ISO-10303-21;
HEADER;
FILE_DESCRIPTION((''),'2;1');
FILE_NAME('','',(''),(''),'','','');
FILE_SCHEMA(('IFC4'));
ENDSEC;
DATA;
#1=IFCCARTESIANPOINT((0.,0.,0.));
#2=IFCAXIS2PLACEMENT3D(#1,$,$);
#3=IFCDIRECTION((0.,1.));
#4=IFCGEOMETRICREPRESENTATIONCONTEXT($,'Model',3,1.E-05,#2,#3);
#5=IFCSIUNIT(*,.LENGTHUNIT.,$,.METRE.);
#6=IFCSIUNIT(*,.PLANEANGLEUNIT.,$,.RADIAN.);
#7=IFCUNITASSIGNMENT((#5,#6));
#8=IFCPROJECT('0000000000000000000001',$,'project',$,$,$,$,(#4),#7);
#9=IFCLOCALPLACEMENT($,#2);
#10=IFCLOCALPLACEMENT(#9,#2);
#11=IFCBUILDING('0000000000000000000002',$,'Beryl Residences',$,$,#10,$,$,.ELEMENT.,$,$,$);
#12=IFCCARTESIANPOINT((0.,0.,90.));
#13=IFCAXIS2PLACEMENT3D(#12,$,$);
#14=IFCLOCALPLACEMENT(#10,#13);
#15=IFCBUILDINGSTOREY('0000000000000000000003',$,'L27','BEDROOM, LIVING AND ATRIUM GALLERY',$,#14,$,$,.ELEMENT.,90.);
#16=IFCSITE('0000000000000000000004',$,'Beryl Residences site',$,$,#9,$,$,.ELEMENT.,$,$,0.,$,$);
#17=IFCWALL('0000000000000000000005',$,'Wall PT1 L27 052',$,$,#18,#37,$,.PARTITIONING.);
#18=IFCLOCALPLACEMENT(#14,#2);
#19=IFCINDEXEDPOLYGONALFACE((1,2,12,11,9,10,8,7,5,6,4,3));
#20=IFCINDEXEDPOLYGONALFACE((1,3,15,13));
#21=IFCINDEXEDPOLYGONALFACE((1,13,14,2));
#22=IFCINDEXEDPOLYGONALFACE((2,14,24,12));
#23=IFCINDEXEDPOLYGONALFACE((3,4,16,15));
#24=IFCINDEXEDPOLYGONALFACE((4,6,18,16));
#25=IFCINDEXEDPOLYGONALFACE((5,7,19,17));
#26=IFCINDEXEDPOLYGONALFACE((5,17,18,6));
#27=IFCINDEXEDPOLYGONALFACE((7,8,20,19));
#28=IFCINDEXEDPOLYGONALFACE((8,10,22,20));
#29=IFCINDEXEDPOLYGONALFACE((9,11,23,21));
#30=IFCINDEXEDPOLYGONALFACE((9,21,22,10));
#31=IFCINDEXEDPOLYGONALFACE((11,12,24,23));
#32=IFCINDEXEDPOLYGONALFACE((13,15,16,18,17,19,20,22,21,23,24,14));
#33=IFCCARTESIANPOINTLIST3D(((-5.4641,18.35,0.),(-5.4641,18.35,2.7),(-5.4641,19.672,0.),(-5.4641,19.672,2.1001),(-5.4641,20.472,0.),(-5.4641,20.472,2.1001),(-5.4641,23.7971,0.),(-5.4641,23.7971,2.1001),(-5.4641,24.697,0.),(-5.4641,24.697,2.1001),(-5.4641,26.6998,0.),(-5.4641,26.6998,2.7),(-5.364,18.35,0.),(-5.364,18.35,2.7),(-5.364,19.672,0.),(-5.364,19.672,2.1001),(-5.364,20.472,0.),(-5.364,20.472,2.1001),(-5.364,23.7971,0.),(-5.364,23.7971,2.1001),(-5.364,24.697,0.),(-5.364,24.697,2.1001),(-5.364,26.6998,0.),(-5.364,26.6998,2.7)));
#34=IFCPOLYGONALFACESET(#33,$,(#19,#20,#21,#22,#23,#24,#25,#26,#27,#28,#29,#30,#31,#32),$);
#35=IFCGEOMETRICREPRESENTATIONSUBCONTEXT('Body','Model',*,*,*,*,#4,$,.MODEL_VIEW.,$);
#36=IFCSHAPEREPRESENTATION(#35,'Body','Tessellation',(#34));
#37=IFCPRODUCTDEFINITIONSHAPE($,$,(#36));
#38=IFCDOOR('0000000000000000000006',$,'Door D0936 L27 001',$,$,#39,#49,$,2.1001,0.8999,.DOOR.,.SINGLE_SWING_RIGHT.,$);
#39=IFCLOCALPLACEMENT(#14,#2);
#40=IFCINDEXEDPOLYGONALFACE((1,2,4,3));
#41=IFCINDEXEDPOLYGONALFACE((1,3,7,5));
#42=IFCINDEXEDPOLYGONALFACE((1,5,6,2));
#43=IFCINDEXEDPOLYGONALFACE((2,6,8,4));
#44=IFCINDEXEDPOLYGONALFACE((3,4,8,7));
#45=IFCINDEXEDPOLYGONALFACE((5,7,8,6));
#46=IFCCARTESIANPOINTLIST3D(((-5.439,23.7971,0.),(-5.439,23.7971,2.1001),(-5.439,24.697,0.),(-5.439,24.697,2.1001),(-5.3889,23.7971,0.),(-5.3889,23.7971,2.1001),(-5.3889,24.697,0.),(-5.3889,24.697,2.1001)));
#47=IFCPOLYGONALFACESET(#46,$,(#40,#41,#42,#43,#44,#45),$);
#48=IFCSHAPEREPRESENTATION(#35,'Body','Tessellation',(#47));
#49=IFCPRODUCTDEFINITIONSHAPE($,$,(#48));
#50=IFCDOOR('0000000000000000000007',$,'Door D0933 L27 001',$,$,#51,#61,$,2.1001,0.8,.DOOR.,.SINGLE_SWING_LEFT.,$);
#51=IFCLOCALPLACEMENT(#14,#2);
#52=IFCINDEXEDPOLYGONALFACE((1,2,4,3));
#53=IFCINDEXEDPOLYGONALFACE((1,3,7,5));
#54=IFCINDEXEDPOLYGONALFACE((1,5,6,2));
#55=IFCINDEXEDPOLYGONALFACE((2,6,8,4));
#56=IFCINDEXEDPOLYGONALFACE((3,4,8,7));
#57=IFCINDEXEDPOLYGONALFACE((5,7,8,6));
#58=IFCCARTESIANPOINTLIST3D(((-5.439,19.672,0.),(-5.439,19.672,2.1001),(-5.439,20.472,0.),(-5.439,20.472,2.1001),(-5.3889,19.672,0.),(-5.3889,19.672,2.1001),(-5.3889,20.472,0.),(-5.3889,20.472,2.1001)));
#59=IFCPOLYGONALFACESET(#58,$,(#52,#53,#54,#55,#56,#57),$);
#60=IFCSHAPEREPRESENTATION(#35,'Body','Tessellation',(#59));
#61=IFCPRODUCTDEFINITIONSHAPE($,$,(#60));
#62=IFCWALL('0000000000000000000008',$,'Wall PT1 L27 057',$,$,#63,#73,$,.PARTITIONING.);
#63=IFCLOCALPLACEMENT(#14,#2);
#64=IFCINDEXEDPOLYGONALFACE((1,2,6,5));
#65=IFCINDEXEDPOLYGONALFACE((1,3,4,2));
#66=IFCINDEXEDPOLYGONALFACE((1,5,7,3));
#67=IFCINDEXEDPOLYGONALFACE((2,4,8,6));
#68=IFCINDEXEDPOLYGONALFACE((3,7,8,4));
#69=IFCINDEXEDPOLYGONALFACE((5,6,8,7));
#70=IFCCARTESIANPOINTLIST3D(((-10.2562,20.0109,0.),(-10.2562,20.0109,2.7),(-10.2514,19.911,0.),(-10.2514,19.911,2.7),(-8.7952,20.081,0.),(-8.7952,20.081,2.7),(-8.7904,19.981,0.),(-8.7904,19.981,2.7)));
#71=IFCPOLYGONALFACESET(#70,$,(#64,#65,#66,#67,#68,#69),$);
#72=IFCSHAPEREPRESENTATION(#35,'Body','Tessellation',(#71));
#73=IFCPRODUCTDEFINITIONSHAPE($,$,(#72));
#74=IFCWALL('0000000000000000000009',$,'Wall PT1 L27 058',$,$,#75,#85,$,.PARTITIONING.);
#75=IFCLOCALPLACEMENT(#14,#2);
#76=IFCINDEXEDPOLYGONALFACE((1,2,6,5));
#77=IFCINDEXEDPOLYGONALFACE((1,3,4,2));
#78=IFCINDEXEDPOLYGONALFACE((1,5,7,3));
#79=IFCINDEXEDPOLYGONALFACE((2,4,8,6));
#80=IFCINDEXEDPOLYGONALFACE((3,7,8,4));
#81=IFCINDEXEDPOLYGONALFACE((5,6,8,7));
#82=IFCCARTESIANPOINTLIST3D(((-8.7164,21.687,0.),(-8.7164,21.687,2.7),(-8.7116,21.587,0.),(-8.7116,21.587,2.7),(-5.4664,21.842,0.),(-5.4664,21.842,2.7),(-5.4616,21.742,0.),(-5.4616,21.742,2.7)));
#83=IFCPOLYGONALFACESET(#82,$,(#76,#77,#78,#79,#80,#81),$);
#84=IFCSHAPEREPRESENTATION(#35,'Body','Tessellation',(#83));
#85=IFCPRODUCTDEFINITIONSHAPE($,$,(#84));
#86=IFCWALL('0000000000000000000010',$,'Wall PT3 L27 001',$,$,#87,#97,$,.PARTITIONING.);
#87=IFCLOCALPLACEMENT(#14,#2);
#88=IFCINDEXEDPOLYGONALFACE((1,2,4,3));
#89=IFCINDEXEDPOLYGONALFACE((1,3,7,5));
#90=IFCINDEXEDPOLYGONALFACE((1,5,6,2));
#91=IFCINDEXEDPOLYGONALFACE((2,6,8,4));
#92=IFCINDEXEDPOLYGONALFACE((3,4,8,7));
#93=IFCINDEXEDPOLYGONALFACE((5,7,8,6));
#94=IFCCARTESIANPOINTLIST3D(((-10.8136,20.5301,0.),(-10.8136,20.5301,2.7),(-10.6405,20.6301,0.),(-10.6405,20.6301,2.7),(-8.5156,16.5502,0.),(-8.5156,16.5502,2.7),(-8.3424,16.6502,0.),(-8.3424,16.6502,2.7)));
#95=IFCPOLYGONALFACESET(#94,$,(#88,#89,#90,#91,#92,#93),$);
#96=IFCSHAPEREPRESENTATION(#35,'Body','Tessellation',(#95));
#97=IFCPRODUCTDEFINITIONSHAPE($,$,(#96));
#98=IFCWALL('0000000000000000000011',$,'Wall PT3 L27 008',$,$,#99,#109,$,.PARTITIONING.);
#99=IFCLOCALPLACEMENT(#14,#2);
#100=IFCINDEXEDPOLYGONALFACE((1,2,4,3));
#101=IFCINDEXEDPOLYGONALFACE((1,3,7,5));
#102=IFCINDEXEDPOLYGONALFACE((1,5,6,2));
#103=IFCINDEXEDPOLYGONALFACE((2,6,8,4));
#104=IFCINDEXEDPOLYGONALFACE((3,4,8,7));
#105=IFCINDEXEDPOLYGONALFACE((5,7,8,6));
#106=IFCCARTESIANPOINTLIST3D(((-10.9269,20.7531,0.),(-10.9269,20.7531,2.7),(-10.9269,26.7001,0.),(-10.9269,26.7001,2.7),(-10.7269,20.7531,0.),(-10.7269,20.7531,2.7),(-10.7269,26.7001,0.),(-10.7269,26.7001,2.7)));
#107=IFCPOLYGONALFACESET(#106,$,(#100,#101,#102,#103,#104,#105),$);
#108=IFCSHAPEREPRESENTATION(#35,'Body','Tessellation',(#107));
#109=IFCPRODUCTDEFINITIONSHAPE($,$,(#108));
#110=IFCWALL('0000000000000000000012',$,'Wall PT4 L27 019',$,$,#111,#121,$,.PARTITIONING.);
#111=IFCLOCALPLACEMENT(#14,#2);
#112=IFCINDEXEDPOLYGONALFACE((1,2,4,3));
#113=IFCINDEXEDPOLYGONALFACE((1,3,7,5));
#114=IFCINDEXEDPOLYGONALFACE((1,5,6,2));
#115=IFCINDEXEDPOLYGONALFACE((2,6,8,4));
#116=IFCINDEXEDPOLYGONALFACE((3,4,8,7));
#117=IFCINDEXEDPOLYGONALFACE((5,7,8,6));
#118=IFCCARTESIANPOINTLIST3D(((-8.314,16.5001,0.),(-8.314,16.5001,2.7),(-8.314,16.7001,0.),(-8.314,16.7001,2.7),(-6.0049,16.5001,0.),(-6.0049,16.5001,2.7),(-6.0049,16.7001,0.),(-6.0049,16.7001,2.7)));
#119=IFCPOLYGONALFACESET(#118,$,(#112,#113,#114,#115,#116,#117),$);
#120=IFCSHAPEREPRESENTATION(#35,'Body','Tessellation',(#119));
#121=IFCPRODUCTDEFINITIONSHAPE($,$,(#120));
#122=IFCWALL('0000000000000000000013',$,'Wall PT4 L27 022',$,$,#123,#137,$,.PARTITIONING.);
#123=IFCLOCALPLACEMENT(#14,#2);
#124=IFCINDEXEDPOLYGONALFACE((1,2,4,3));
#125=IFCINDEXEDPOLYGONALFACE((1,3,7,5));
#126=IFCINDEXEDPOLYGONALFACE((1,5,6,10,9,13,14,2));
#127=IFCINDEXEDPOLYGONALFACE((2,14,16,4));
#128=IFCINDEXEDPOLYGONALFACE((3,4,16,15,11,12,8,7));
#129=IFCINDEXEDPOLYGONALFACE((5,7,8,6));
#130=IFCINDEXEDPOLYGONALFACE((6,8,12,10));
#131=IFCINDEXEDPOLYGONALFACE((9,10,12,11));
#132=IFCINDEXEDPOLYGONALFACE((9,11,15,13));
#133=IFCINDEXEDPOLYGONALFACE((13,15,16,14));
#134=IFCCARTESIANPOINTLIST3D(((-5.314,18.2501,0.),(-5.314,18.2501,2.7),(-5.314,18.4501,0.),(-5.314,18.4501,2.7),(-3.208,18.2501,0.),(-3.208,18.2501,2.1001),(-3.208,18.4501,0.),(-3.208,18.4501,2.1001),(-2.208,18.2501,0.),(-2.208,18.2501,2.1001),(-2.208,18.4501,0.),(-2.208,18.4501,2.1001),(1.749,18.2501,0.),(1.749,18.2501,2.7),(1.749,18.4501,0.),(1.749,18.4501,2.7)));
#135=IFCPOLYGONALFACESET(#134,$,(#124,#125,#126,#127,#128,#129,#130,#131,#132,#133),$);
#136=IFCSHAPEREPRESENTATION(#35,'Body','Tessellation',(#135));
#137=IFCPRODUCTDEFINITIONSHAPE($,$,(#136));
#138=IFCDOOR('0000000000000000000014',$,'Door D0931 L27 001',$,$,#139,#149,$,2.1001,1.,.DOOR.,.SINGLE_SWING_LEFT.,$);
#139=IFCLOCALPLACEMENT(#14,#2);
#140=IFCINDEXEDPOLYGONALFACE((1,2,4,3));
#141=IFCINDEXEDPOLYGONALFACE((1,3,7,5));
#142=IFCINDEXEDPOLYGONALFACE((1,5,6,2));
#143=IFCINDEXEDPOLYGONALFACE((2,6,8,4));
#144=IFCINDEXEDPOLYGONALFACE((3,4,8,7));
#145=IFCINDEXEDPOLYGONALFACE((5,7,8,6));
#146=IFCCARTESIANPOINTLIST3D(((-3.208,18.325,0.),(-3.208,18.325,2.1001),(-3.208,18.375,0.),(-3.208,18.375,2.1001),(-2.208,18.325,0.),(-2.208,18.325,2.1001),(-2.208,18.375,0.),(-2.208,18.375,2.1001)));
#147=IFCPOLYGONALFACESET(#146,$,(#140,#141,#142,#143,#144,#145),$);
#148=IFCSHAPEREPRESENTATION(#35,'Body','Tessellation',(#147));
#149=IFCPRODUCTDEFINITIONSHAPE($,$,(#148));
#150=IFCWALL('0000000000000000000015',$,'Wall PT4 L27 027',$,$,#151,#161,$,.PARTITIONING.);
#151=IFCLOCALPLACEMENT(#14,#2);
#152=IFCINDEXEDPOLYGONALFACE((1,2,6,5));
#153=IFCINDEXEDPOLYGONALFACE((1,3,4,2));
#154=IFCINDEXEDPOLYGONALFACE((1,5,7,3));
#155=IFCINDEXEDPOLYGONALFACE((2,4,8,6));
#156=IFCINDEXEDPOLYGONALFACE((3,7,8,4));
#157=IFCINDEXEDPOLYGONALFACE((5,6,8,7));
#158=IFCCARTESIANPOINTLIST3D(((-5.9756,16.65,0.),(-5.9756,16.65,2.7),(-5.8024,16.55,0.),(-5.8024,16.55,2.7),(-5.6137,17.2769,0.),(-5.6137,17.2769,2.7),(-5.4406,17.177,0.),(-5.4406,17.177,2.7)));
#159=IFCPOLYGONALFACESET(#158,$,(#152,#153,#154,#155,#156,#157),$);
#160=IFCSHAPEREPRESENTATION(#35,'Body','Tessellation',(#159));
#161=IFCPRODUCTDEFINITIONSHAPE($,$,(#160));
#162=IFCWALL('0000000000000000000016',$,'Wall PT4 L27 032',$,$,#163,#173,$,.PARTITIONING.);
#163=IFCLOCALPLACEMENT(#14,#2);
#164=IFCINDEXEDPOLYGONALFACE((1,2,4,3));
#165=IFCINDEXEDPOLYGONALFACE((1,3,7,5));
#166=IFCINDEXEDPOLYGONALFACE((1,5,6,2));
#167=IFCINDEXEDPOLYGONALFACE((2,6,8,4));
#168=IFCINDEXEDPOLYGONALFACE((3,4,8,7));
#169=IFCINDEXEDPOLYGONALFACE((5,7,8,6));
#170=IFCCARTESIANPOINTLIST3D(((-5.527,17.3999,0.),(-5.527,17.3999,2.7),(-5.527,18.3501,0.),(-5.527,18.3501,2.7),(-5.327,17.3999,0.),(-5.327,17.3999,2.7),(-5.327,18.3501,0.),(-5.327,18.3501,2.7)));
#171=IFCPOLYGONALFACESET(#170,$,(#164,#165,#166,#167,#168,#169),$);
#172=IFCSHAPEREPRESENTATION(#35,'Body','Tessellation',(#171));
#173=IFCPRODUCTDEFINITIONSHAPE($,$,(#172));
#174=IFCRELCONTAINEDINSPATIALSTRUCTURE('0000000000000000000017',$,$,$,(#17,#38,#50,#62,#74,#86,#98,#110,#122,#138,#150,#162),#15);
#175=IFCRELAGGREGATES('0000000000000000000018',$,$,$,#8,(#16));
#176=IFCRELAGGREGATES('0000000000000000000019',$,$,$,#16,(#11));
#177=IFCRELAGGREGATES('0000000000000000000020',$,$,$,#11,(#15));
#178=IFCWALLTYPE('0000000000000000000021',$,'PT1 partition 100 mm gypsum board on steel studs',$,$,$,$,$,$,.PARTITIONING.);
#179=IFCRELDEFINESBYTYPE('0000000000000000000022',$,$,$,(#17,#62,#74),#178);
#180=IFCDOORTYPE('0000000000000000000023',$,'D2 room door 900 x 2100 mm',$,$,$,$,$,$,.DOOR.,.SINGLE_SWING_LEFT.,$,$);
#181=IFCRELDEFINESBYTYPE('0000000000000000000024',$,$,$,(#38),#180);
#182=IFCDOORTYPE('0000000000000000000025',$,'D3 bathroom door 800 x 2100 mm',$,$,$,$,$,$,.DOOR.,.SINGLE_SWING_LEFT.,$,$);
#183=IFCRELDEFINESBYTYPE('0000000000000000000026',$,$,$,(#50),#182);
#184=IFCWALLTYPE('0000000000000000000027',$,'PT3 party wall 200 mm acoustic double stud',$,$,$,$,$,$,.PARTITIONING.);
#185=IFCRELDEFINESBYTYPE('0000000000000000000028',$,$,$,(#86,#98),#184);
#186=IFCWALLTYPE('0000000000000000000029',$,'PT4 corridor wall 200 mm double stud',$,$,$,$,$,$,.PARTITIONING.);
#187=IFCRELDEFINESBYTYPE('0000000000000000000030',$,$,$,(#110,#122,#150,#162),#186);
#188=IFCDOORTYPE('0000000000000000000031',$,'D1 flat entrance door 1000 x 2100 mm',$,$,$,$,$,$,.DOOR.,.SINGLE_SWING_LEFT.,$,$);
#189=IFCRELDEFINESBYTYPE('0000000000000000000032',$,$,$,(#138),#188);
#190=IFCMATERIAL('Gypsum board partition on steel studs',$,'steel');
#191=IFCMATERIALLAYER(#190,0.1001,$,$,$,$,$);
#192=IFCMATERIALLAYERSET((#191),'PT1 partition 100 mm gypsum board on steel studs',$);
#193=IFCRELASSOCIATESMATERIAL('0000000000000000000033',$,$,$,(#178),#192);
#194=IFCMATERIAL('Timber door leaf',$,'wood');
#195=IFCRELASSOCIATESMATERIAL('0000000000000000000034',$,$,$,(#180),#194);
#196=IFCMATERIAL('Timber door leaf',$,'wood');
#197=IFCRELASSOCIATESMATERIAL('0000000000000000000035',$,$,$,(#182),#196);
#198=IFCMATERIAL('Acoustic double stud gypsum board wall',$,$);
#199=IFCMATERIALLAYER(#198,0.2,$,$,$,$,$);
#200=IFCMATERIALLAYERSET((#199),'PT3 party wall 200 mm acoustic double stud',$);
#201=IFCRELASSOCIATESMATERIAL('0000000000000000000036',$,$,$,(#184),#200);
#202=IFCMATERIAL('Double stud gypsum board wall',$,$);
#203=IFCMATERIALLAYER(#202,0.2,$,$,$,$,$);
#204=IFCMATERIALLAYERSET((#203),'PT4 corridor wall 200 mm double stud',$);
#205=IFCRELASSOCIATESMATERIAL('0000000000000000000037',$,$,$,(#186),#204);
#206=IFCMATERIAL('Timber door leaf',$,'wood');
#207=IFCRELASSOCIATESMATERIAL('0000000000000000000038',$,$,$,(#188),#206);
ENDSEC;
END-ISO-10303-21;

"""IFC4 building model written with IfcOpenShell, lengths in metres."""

from ifc_helpers import new_model, si_unit, direction, frame, frame_2d, origin, place, context, subcontext, project, spatial, rectangle, extrude, material, layer, layer_set, type_object, element, fill, save


model = new_model("IFC4")

# Units and contexts
model_context = context("Model", 3, precision=1e-05, world=origin(), true_north=direction((0.0, 1.0)))
body_context = subcontext(model_context, "Body", "Model", "MODEL_VIEW")
ifc_project = project(units=[si_unit("LENGTHUNIT", "METRE"), si_unit("PLANEANGLEUNIT", "RADIAN")], contexts=[model_context])

# Site, building, storey
site_placement = place(None, origin())
site = spatial("IfcSite", under=ifc_project, at=site_placement, Name="Beryl Residences site", CompositionType="ELEMENT", RefElevation=0.0)
building_placement = place(site_placement, origin())
building = spatial("IfcBuilding", under=site, at=building_placement, Name="Beryl Residences", CompositionType="ELEMENT")
storey_placement = place(building_placement, frame((0.0, 0.0, 90.0)))
storey = spatial("IfcBuildingStorey", under=building, at=storey_placement, Name="L27", Description="BEDROOM, LIVING AND ATRIUM GALLERY", CompositionType="ELEMENT", Elevation=90.0)

# Shared definitions
ifc_material_1 = material(Name="Gypsum board partition on steel studs", Category="steel")
ifc_layer_1 = layer(ifc_material_1, 0.1001)
ifc_layer_set_1 = layer_set([ifc_layer_1], Name="PT1 partition 100 mm gypsum board on steel studs")
wall_type_1 = type_object("IfcWallType", Name="PT1 partition 100 mm gypsum board on steel studs", PredefinedType="PARTITIONING", material=ifc_layer_set_1)
ifc_material_2 = material(Name="Timber door leaf", Category="wood")
door_type_1 = type_object("IfcDoorType", Name="D2 room door 900 x 2100 mm", OperationType="SINGLE_SWING_LEFT", PredefinedType="DOOR", material=ifc_material_2)

# Wall, openings, doors
wall_1_placement = place(storey_placement, frame((-5.4141, 18.3501, 0.0), z_axis=(0.0, 0.0, 1.0), x_axis=(0.0, 1.0, 0.0)))
wall_1 = element("IfcWall", 1, at=wall_1_placement, inside=storey, type_object=wall_type_1, Name="Wall PT1 L27 052", PredefinedType="PARTITIONING", context=body_context, shape_type="SweptSolid", body=[
    extrude(rectangle(XDim=8.3499, YDim=0.1001, at=frame_2d((4.1748, 0.0))), origin(), (0.0, 0.0, 1.0), 2.7),
])
opening_1_placement = place(wall_1_placement, frame((1.322, 0.0, 0.0)))
opening_1 = element("IfcOpeningElement", 2, at=opening_1_placement, cuts=wall_1, PredefinedType="OPENING", context=body_context, shape_type="SweptSolid", body=[
    extrude(rectangle(XDim=0.8, YDim=2.1001, at=frame_2d((0.3999, 1.05))), frame((0.0, 0.0601, 0.0), z_axis=(0.0, -1.0, 0.0), x_axis=(1.0, 0.0, 0.0)), (0.0, 0.0, 1.0), 0.1201),
])
opening_2_placement = place(wall_1_placement, frame((5.447, 0.0, 0.0)))
opening_2 = element("IfcOpeningElement", 3, at=opening_2_placement, cuts=wall_1, PredefinedType="OPENING", context=body_context, shape_type="SweptSolid", body=[
    extrude(rectangle(XDim=0.8999, YDim=2.1001, at=frame_2d((0.45, 1.05))), frame((0.0, 0.0601, 0.0), z_axis=(0.0, -1.0, 0.0), x_axis=(1.0, 0.0, 0.0)), (0.0, 0.0, 1.0), 0.1201),
])
door_1_placement = place(opening_2_placement, origin())
door_1 = element("IfcDoor", 4, at=door_1_placement, inside=storey, type_object=door_type_1, Name="Door D0936 L27 001", OperationType="SINGLE_SWING_RIGHT", OverallHeight=2.1001, OverallWidth=0.8999, PredefinedType="DOOR", context=body_context, shape_type="SweptSolid", body=[
    extrude(rectangle(XDim=0.8999, YDim=2.1001, at=frame_2d((0.45, 1.05))), frame((0.0, 0.0249, 0.0), z_axis=(0.0, -1.0, 0.0), x_axis=(1.0, 0.0, 0.0)), (0.0, 0.0, 1.0), 0.05),
])
fill(opening_2, door_1)
ifc_material_3 = material(Name="Timber door leaf", Category="wood")
door_type_2 = type_object("IfcDoorType", Name="D3 bathroom door 800 x 2100 mm", OperationType="SINGLE_SWING_LEFT", PredefinedType="DOOR", material=ifc_material_3)
door_2_placement = place(opening_1_placement, origin())
door_2 = element("IfcDoor", 5, at=door_2_placement, inside=storey, type_object=door_type_2, Name="Door D0933 L27 001", OperationType="SINGLE_SWING_LEFT", OverallHeight=2.1001, OverallWidth=0.8, PredefinedType="DOOR", context=body_context, shape_type="SweptSolid", body=[
    extrude(rectangle(XDim=0.8, YDim=2.1001, at=frame_2d((0.3999, 1.05))), frame((0.0, 0.0249, 0.0), z_axis=(0.0, -1.0, 0.0), x_axis=(1.0, 0.0, 0.0)), (0.0, 0.0, 1.0), 0.05),
])
fill(opening_1, door_2)

# Walls
wall_2_placement = place(storey_placement, frame((-10.2539, 19.9609, 0.0), z_axis=(0.0, 0.0, 1.0), x_axis=(0.998852, 0.047906, 0.0)))
element("IfcWall", 6, at=wall_2_placement, inside=storey, type_object=wall_type_1, Name="Wall PT1 L27 057", PredefinedType="PARTITIONING", context=body_context, shape_type="SweptSolid", body=[
    extrude(rectangle(XDim=1.4626, YDim=0.1001, at=frame_2d((0.7314, 0.0))), origin(), (0.0, 0.0, 1.0), 2.7),
])
wall_3_placement = place(storey_placement, frame((-8.7141, 21.637, 0.0), z_axis=(0.0, 0.0, 1.0), x_axis=(0.998864, 0.047647, 0.0)))
element("IfcWall", 7, at=wall_3_placement, inside=storey, type_object=wall_type_1, Name="Wall PT1 L27 058", PredefinedType="PARTITIONING", context=body_context, shape_type="SweptSolid", body=[
    extrude(rectangle(XDim=3.2537, YDim=0.1001, at=frame_2d((1.627, 0.0))), origin(), (0.0, 0.0, 1.0), 2.7),
])
ifc_material_4 = material(Name="Acoustic double stud gypsum board wall")
ifc_layer_2 = layer(ifc_material_4, 0.2)
ifc_layer_set_2 = layer_set([ifc_layer_2], Name="PT3 party wall 200 mm acoustic double stud")
wall_type_2 = type_object("IfcWallType", Name="PT3 party wall 200 mm acoustic double stud", PredefinedType="PARTITIONING", material=ifc_layer_set_2)
wall_4_placement = place(storey_placement, frame((-10.7271, 20.5801, 0.0), z_axis=(0.0, 0.0, 1.0), x_axis=(0.500041, -0.866002, 0.0)))
element("IfcWall", 8, at=wall_4_placement, inside=storey, type_object=wall_type_2, Name="Wall PT3 L27 001", PredefinedType="PARTITIONING", context=body_context, shape_type="SweptSolid", body=[
    extrude(rectangle(XDim=4.5957, YDim=0.2, at=frame_2d((2.2979, 0.0))), origin(), (0.0, 0.0, 1.0), 2.7),
])
wall_5_placement = place(storey_placement, frame((-10.8269, 20.7529, 0.0), z_axis=(0.0, 0.0, 1.0), x_axis=(0.0, 1.0, 0.0)))
element("IfcWall", 9, at=wall_5_placement, inside=storey, type_object=wall_type_2, Name="Wall PT3 L27 008", PredefinedType="PARTITIONING", context=body_context, shape_type="SweptSolid", body=[
    extrude(rectangle(XDim=5.947, YDim=0.2, at=frame_2d((2.9736, 0.0))), origin(), (0.0, 0.0, 1.0), 2.7),
])
ifc_material_5 = material(Name="Double stud gypsum board wall")
ifc_layer_3 = layer(ifc_material_5, 0.2)
ifc_layer_set_3 = layer_set([ifc_layer_3], Name="PT4 corridor wall 200 mm double stud")
wall_type_3 = type_object("IfcWallType", Name="PT4 corridor wall 200 mm double stud", PredefinedType="PARTITIONING", material=ifc_layer_set_3)
wall_6_placement = place(storey_placement, frame((-8.314, 16.6001, 0.0), z_axis=(0.0, 0.0, 1.0), x_axis=(1.0, 0.0, 0.0)))
element("IfcWall", 10, at=wall_6_placement, inside=storey, type_object=wall_type_3, Name="Wall PT4 L27 019", PredefinedType="PARTITIONING", context=body_context, shape_type="SweptSolid", body=[
    extrude(rectangle(XDim=2.3091, YDim=0.2, at=frame_2d((1.1545, 0.0))), origin(), (0.0, 0.0, 1.0), 2.7),
])

# Wall, opening, door
wall_7_placement = place(storey_placement, frame((-5.314, 18.3501, 0.0), z_axis=(0.0, 0.0, 1.0), x_axis=(1.0, 0.0, 0.0)))
wall_7 = element("IfcWall", 11, at=wall_7_placement, inside=storey, type_object=wall_type_3, Name="Wall PT4 L27 022", PredefinedType="PARTITIONING", context=body_context, shape_type="SweptSolid", body=[
    extrude(rectangle(XDim=7.063, YDim=0.2, at=frame_2d((3.5315, 0.0))), origin(), (0.0, 0.0, 1.0), 2.7),
])
opening_3_placement = place(wall_7_placement, frame((2.106, 0.0, 0.0)))
opening_3 = element("IfcOpeningElement", 12, at=opening_3_placement, cuts=wall_7, PredefinedType="OPENING", context=body_context, shape_type="SweptSolid", body=[
    extrude(rectangle(XDim=1.0, YDim=2.1001, at=frame_2d((0.5, 1.05))), frame((0.0, 0.1099, 0.0), z_axis=(0.0, -1.0, 0.0), x_axis=(1.0, 0.0, 0.0)), (0.0, 0.0, 1.0), 0.22),
])
ifc_material_6 = material(Name="Timber door leaf", Category="wood")
door_type_3 = type_object("IfcDoorType", Name="D1 flat entrance door 1000 x 2100 mm", OperationType="SINGLE_SWING_LEFT", PredefinedType="DOOR", material=ifc_material_6)
door_3_placement = place(opening_3_placement, origin())
door_3 = element("IfcDoor", 13, at=door_3_placement, inside=storey, type_object=door_type_3, Name="Door D0931 L27 001", OperationType="SINGLE_SWING_LEFT", OverallHeight=2.1001, OverallWidth=1.0, PredefinedType="DOOR", context=body_context, shape_type="SweptSolid", body=[
    extrude(rectangle(XDim=1.0, YDim=2.1001, at=frame_2d((0.5, 1.05))), frame((0.0, 0.0249, 0.0), z_axis=(0.0, -1.0, 0.0), x_axis=(1.0, 0.0, 0.0)), (0.0, 0.0, 1.0), 0.05),
])
fill(opening_3, door_3)

# Walls
wall_8_placement = place(storey_placement, frame((-5.8889, 16.6001, 0.0), z_axis=(0.0, 0.0, 1.0), x_axis=(0.499839, 0.866118, 0.0)))
element("IfcWall", 14, at=wall_8_placement, inside=storey, type_object=wall_type_3, Name="Wall PT4 L27 027", PredefinedType="PARTITIONING", context=body_context, shape_type="SweptSolid", body=[
    extrude(rectangle(XDim=0.7239, YDim=0.2, at=frame_2d((0.3618, 0.0))), origin(), (0.0, 0.0, 1.0), 2.7),
])
wall_9_placement = place(storey_placement, frame((-5.427, 17.3999, 0.0), z_axis=(0.0, 0.0, 1.0), x_axis=(0.0, 1.0, 0.0)))
element("IfcWall", 15, at=wall_9_placement, inside=storey, type_object=wall_type_3, Name="Wall PT4 L27 032", PredefinedType="PARTITIONING", context=body_context, shape_type="SweptSolid", body=[
    extrude(rectangle(XDim=0.9502, YDim=0.2, at=frame_2d((0.4751, 0.0))), origin(), (0.0, 0.0, 1.0), 2.7),
])

save(model, "model.ifc")
